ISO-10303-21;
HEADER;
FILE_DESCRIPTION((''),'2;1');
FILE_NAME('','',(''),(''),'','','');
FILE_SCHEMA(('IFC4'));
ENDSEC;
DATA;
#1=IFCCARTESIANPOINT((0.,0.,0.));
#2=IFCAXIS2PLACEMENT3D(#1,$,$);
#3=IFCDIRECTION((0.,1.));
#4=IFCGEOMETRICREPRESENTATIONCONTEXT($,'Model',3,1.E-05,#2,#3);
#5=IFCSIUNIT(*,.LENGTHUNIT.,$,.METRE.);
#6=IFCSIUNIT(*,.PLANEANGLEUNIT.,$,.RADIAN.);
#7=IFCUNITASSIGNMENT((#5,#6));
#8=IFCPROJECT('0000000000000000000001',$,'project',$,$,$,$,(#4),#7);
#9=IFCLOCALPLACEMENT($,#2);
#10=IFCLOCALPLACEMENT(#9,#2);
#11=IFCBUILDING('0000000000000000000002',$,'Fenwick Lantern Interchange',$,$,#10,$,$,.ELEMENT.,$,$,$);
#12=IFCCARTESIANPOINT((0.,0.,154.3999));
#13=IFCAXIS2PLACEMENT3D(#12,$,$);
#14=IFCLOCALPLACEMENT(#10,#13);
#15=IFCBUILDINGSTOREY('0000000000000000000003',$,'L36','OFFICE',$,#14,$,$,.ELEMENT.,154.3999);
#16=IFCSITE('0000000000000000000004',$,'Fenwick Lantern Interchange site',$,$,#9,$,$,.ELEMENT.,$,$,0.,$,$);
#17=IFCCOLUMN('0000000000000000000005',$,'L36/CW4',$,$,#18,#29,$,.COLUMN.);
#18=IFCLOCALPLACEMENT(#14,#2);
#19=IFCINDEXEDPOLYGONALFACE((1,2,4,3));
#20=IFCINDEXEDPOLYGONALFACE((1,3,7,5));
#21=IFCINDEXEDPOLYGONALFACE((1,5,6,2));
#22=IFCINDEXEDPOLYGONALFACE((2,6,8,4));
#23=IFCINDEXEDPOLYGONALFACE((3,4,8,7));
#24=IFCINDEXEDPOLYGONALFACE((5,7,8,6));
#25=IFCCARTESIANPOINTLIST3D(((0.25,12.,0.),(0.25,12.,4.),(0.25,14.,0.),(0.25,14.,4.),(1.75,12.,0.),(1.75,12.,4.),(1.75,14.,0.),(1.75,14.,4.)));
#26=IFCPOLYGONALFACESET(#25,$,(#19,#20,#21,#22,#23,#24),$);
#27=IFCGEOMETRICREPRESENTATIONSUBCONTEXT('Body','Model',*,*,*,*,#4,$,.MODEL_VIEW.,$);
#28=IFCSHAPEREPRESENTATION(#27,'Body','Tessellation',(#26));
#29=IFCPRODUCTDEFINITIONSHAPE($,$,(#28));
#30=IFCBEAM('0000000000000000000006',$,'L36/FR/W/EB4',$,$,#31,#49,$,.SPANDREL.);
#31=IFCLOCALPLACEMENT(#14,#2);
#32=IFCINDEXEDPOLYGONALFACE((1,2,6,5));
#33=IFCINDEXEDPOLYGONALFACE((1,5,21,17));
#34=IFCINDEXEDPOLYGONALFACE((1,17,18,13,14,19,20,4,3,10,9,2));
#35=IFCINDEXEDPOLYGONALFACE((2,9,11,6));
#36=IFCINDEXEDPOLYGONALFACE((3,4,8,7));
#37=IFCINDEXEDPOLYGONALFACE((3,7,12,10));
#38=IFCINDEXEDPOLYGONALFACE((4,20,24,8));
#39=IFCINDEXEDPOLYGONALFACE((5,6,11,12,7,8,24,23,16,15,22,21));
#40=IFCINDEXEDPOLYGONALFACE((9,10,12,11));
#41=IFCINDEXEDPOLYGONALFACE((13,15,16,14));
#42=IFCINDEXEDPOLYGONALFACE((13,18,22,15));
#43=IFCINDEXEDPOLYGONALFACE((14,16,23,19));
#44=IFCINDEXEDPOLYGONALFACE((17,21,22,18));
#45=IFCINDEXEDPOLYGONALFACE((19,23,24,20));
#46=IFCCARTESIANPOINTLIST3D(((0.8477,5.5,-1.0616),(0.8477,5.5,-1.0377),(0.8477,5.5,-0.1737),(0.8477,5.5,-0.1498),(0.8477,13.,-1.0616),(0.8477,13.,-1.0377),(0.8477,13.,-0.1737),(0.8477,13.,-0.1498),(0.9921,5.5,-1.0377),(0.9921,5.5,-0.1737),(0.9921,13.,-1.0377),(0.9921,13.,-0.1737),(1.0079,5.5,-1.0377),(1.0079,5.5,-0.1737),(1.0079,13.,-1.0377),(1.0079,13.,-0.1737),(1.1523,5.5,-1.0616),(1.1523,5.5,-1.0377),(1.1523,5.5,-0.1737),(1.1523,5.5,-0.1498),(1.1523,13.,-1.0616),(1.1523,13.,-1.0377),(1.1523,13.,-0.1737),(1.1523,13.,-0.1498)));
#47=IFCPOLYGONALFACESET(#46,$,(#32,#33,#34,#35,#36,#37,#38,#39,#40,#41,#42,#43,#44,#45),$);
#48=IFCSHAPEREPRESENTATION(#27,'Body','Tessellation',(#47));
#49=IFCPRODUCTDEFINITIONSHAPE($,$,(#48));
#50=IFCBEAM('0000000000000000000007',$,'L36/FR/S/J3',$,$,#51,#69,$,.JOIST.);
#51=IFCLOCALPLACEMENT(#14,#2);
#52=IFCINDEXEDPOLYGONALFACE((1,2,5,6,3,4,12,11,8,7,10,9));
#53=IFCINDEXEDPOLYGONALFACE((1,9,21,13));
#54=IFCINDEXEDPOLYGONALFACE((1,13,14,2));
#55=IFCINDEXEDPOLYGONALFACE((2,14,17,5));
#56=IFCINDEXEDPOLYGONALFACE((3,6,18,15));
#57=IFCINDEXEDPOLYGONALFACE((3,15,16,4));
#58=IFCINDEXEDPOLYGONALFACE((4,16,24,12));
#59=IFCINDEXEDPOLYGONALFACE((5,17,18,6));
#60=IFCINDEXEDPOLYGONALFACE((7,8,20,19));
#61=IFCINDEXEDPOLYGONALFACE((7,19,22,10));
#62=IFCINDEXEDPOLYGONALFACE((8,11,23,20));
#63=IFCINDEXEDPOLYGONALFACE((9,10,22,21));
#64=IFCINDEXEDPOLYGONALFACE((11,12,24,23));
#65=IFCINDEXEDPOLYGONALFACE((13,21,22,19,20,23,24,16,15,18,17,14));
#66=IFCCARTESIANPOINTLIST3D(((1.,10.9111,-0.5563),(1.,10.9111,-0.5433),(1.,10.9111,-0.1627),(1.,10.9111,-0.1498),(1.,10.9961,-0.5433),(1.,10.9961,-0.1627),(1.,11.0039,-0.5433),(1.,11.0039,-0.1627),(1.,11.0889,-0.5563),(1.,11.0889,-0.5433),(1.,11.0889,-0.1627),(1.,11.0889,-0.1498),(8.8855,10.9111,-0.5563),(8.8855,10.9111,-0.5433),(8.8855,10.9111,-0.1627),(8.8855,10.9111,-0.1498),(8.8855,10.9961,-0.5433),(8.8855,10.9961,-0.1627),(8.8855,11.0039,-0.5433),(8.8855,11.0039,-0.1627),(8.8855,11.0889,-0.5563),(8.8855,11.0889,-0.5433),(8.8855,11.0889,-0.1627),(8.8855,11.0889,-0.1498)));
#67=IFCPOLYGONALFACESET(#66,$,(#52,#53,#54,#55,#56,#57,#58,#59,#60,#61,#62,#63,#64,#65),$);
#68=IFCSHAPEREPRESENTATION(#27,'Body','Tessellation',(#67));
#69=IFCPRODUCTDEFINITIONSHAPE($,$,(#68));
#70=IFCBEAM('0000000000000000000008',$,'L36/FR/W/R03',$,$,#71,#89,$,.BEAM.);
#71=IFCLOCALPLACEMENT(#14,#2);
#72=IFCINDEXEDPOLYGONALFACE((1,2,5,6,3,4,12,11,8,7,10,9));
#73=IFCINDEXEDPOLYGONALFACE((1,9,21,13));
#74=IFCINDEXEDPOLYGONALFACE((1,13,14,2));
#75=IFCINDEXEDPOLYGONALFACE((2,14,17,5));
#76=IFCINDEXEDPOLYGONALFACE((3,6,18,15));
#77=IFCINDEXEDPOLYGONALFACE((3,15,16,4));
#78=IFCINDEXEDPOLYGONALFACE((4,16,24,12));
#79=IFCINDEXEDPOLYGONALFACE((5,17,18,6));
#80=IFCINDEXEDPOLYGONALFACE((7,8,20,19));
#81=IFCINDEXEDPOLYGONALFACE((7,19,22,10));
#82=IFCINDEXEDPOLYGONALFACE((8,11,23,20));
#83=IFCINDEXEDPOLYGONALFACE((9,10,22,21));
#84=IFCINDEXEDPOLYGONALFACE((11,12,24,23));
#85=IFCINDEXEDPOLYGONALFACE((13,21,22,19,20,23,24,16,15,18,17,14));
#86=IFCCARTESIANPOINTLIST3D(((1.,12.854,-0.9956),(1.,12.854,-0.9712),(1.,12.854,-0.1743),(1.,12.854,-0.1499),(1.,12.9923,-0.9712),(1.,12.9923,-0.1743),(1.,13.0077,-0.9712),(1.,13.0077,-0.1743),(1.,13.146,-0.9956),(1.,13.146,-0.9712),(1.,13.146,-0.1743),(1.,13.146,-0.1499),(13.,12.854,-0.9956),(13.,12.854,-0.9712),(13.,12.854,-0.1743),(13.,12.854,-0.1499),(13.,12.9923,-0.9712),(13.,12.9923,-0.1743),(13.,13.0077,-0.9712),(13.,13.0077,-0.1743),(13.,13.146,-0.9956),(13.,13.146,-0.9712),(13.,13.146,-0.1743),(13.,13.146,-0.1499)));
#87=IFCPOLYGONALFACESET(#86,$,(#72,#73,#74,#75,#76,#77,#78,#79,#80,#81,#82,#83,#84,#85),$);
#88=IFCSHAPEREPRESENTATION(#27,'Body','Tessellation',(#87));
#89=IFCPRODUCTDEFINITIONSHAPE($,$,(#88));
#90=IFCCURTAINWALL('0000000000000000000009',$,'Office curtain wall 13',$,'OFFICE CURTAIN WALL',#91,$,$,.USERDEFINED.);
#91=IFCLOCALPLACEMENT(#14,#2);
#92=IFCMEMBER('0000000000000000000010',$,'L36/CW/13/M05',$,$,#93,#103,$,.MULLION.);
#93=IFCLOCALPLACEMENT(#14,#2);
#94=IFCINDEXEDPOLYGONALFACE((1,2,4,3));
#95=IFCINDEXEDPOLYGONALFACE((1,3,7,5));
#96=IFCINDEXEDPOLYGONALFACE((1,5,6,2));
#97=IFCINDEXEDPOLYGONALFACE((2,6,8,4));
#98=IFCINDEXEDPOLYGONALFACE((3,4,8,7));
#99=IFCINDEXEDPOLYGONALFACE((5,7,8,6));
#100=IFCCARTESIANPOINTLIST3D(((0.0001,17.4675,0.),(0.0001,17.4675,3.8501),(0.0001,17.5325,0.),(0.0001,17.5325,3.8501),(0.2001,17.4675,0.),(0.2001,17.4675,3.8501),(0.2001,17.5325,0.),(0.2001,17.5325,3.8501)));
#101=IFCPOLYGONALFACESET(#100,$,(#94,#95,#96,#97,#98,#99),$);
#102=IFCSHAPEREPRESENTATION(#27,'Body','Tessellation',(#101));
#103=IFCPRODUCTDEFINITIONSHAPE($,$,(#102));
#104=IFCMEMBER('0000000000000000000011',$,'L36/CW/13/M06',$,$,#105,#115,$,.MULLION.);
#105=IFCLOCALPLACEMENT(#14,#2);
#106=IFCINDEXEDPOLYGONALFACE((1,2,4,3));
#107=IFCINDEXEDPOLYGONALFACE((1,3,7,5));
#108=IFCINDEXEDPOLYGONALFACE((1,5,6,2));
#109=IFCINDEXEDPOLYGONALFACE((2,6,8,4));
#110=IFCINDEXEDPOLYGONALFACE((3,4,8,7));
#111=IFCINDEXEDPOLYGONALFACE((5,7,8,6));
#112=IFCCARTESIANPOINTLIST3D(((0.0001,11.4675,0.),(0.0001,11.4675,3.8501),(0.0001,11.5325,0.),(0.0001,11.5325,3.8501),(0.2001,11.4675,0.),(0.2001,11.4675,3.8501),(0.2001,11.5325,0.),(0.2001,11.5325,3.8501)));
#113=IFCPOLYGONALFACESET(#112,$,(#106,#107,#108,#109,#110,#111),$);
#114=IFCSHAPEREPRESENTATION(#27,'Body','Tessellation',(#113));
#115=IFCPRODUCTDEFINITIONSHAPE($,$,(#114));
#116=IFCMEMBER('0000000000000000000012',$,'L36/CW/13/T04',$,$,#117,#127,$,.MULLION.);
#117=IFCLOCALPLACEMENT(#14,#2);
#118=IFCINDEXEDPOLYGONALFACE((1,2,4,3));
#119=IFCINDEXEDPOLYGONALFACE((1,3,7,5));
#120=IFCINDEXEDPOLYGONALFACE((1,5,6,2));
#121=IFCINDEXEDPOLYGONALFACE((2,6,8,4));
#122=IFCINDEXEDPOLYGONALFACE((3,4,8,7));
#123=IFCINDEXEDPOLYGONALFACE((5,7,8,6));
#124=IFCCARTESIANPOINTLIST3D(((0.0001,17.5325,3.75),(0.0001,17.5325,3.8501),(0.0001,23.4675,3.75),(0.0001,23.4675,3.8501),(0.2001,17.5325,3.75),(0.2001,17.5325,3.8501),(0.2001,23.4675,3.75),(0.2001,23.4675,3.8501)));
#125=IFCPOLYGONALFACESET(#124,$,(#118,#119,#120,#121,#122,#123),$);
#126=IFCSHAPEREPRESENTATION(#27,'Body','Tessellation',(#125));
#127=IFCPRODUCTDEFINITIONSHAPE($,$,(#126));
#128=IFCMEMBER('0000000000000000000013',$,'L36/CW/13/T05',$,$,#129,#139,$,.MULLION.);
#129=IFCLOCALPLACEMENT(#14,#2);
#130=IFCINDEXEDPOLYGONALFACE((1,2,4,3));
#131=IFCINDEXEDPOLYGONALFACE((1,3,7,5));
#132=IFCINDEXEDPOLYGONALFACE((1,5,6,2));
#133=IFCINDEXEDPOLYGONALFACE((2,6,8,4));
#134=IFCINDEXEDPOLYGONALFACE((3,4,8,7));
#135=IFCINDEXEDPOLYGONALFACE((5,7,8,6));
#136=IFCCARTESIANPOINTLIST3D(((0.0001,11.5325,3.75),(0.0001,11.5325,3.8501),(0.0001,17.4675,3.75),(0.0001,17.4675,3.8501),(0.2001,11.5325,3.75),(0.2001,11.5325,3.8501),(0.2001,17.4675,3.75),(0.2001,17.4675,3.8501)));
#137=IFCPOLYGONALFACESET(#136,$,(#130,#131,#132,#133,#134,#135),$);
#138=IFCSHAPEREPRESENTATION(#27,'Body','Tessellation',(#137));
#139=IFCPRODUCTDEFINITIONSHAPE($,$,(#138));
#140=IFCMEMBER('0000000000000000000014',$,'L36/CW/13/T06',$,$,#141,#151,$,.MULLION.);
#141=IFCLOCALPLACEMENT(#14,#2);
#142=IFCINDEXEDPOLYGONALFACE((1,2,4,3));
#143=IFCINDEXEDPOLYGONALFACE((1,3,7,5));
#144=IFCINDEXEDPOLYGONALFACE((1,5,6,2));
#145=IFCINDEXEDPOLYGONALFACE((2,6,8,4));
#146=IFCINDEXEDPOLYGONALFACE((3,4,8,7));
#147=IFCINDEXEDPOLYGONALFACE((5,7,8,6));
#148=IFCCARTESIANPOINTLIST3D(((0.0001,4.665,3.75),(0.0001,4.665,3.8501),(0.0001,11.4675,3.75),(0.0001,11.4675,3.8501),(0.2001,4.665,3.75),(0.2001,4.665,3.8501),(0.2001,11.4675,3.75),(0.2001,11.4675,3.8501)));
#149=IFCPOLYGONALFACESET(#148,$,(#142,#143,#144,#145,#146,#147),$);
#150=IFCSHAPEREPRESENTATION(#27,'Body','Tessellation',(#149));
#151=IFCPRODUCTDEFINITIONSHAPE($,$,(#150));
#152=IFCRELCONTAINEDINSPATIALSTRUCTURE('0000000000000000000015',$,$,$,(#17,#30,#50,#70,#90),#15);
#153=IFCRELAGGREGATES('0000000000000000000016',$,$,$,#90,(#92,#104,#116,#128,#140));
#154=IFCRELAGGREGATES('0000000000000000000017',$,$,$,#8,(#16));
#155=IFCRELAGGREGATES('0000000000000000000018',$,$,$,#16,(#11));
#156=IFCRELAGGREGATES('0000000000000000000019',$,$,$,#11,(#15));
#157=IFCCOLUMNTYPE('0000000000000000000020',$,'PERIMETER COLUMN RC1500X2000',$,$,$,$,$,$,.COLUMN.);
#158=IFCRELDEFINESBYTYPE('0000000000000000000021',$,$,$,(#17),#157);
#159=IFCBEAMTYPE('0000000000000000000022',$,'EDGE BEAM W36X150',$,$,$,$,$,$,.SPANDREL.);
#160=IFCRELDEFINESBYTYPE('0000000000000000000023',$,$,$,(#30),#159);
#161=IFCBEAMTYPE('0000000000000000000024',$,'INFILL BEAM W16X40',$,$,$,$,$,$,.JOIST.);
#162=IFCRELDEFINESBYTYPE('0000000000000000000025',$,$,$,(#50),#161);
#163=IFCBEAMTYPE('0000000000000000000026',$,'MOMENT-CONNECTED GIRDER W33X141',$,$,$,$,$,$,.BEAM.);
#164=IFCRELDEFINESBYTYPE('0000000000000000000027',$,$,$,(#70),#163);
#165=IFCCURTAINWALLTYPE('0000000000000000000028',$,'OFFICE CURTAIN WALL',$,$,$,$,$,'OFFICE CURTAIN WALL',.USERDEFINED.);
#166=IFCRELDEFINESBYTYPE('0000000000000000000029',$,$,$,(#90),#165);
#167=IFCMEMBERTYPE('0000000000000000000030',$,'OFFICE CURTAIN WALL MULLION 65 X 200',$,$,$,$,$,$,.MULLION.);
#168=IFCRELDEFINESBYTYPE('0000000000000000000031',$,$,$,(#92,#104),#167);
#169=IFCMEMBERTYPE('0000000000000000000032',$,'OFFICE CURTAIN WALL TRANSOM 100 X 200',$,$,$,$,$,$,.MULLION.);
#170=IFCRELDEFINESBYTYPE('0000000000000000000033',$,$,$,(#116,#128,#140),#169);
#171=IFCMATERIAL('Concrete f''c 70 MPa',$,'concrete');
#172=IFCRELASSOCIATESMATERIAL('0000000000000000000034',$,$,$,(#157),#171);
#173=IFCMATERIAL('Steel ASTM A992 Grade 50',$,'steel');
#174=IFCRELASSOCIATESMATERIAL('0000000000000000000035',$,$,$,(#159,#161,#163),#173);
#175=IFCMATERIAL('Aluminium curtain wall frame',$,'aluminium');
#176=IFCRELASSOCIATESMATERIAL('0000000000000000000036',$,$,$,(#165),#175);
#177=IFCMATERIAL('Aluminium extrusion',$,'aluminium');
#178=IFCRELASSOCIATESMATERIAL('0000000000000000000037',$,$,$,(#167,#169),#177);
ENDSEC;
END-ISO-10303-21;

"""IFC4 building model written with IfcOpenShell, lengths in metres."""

from ifc_helpers import new_model, si_unit, direction, frame, origin, origin_2d, place, context, subcontext, project, spatial, rectangle, i_section, extrude, material, material_profile, profile_set, type_object, element, aggregate, save


model = new_model("IFC4")

# Units and contexts
model_context = context("Model", 3, precision=1e-05, world=origin(), true_north=direction((0.0, 1.0)))
body_context = subcontext(model_context, "Body", "Model", "MODEL_VIEW")
ifc_project = project(units=[si_unit("LENGTHUNIT", "METRE"), si_unit("PLANEANGLEUNIT", "RADIAN")], contexts=[model_context])

# Site, building, storey
site_placement = place(None, origin())
site = spatial("IfcSite", under=ifc_project, at=site_placement, Name="Fenwick Lantern Interchange site", CompositionType="ELEMENT", RefElevation=0.0)
building_placement = place(site_placement, origin())
building = spatial("IfcBuilding", under=site, at=building_placement, Name="Fenwick Lantern Interchange", CompositionType="ELEMENT")
storey_placement = place(building_placement, frame((0.0, 0.0, 154.3999)))
storey = spatial("IfcBuildingStorey", under=building, at=storey_placement, Name="L36", Description="OFFICE", CompositionType="ELEMENT", Elevation=154.3999)

# Column
ifc_material_1 = material(Name="Concrete f'c 70 MPa", Category="concrete")
ifc_material_profile_1 = material_profile(ifc_material_1, rectangle(XDim=1.5, YDim=2.0, at=origin_2d()), Name="RC1500X2000")
ifc_profile_set_1 = profile_set([ifc_material_profile_1], Name="Concrete f'c 70 MPa")
column_type = type_object("IfcColumnType", Name="PERIMETER COLUMN RC1500X2000", PredefinedType="COLUMN", material=ifc_profile_set_1)
column_placement = place(storey_placement, frame((1.0, 13.0, 0.0), z_axis=(0.0, 0.0, 1.0), x_axis=(1.0, 0.0, 0.0)))
element("IfcColumn", 1, at=column_placement, inside=storey, type_object=column_type, Name="L36/CW4", PredefinedType="COLUMN", context=body_context, shape_type="SweptSolid", body=[
    extrude(rectangle(XDim=1.5, YDim=2.0, at=origin_2d()), origin(), (0.0, 0.0, 1.0), 4.0),
])

# Beams
ifc_material_2 = material(Name="Steel ASTM A992 Grade 50", Category="steel")
ifc_material_profile_2 = material_profile(ifc_material_2, i_section(OverallWidth=0.3047, OverallDepth=0.9119, WebThickness=0.0159, FlangeThickness=0.0239, at=origin_2d()), Name="W36X150")
ifc_profile_set_2 = profile_set([ifc_material_profile_2], Name="Steel ASTM A992 Grade 50")
beam_type_1 = type_object("IfcBeamType", Name="EDGE BEAM W36X150", PredefinedType="SPANDREL", material=ifc_profile_set_2)
beam_1_placement = place(storey_placement, frame((1.0, 13.0, -0.6057), z_axis=(0.0, -1.0, 0.0), x_axis=(1.0, 0.0, 0.0)))
element("IfcBeam", 2, at=beam_1_placement, inside=storey, type_object=beam_type_1, Name="L36/FR/W/EB4", PredefinedType="SPANDREL", context=body_context, shape_type="SweptSolid", body=[
    extrude(i_section(OverallWidth=0.3047, OverallDepth=0.9119, WebThickness=0.0159, FlangeThickness=0.0239, at=origin_2d()), origin(), (0.0, 0.0, 1.0), 7.5),
])
ifc_material_profile_3 = material_profile(ifc_material_2, i_section(OverallWidth=0.1777, OverallDepth=0.4065, WebThickness=0.0078, FlangeThickness=0.0129, at=origin_2d()), Name="W16X40")
ifc_profile_set_3 = profile_set([ifc_material_profile_3], Name="Steel ASTM A992 Grade 50")
beam_type_2 = type_object("IfcBeamType", Name="INFILL BEAM W16X40", PredefinedType="JOIST", material=ifc_profile_set_3)
beam_2_placement = place(storey_placement, frame((1.0, 11.0, -0.353), z_axis=(1.0, 0.0, 0.0), x_axis=(0.0, 1.0, 0.0)))
element("IfcBeam", 3, at=beam_2_placement, inside=storey, type_object=beam_type_2, Name="L36/FR/S/J3", PredefinedType="JOIST", context=body_context, shape_type="SweptSolid", body=[
    extrude(i_section(OverallWidth=0.1777, OverallDepth=0.4065, WebThickness=0.0078, FlangeThickness=0.0129, at=origin_2d()), origin(), (0.0, 0.0, 1.0), 7.8855),
])
ifc_material_profile_4 = material_profile(ifc_material_2, i_section(OverallWidth=0.292, OverallDepth=0.8457, WebThickness=0.0154, FlangeThickness=0.0244, at=origin_2d()), Name="W33X141")
ifc_profile_set_4 = profile_set([ifc_material_profile_4], Name="Steel ASTM A992 Grade 50")
beam_type_3 = type_object("IfcBeamType", Name="MOMENT-CONNECTED GIRDER W33X141", PredefinedType="BEAM", material=ifc_profile_set_4)
beam_3_placement = place(storey_placement, frame((1.0, 13.0, -0.5728), z_axis=(1.0, 0.0, 0.0), x_axis=(0.0, 1.0, 0.0)))
element("IfcBeam", 4, at=beam_3_placement, inside=storey, type_object=beam_type_3, Name="L36/FR/W/R03", PredefinedType="BEAM", context=body_context, shape_type="SweptSolid", body=[
    extrude(i_section(OverallWidth=0.292, OverallDepth=0.8457, WebThickness=0.0154, FlangeThickness=0.0244, at=origin_2d()), origin(), (0.0, 0.0, 1.0), 12.0),
])

# Curtain wall, members
ifc_material_3 = material(Name="Aluminium curtain wall frame", Category="aluminium")
curtain_wall_type = type_object("IfcCurtainWallType", Name="OFFICE CURTAIN WALL", ElementType="OFFICE CURTAIN WALL", PredefinedType="USERDEFINED", material=ifc_material_3)
curtain_wall_placement = place(storey_placement, origin())
curtain_wall = element("IfcCurtainWall", 5, at=curtain_wall_placement, inside=storey, type_object=curtain_wall_type, Name="Office curtain wall 13", ObjectType="OFFICE CURTAIN WALL", PredefinedType="USERDEFINED")
ifc_material_4 = material(Name="Aluminium extrusion", Category="aluminium")
ifc_material_profile_5 = material_profile(ifc_material_4, rectangle(XDim=0.2, YDim=0.0649, at=origin_2d()), Name="OFFICE CURTAIN WALL MULLION 65 X 200")
ifc_profile_set_5 = profile_set([ifc_material_profile_5], Name="Aluminium extrusion")
member_type_1 = type_object("IfcMemberType", Name="OFFICE CURTAIN WALL MULLION 65 X 200", PredefinedType="MULLION", material=ifc_profile_set_5)
member_1_placement = place(storey_placement, frame((0.1001, 17.5, 0.0), z_axis=(0.0, 0.0, 1.0), x_axis=(1.0, 0.0, 0.0)))
member_1 = element("IfcMember", 6, at=member_1_placement, type_object=member_type_1, Name="L36/CW/13/M05", PredefinedType="MULLION", context=body_context, shape_type="SweptSolid", body=[
    extrude(rectangle(XDim=0.2, YDim=0.0649, at=origin_2d()), origin(), (0.0, 0.0, 1.0), 3.8501),
])
member_2_placement = place(storey_placement, frame((0.1001, 11.5, 0.0), z_axis=(0.0, 0.0, 1.0), x_axis=(1.0, 0.0, 0.0)))
member_2 = element("IfcMember", 7, at=member_2_placement, type_object=member_type_1, Name="L36/CW/13/M06", PredefinedType="MULLION", context=body_context, shape_type="SweptSolid", body=[
    extrude(rectangle(XDim=0.2, YDim=0.0649, at=origin_2d()), origin(), (0.0, 0.0, 1.0), 3.8501),
])
ifc_material_profile_6 = material_profile(ifc_material_4, rectangle(XDim=0.2, YDim=0.1001, at=origin_2d()), Name="OFFICE CURTAIN WALL TRANSOM 100 X 200")
ifc_profile_set_6 = profile_set([ifc_material_profile_6], Name="Aluminium extrusion")
member_type_2 = type_object("IfcMemberType", Name="OFFICE CURTAIN WALL TRANSOM 100 X 200", PredefinedType="MULLION", material=ifc_profile_set_6)
member_3_placement = place(storey_placement, frame((0.1001, 23.4675, 3.8), z_axis=(0.0, -1.0, 0.0), x_axis=(1.0, 0.0, 0.0)))
member_3 = element("IfcMember", 8, at=member_3_placement, type_object=member_type_2, Name="L36/CW/13/T04", PredefinedType="MULLION", context=body_context, shape_type="SweptSolid", body=[
    extrude(rectangle(XDim=0.2, YDim=0.1001, at=origin_2d()), origin(), (0.0, 0.0, 1.0), 5.9351),
])
member_4_placement = place(storey_placement, frame((0.1001, 17.4675, 3.8), z_axis=(0.0, -1.0, 0.0), x_axis=(1.0, 0.0, 0.0)))
member_4 = element("IfcMember", 9, at=member_4_placement, type_object=member_type_2, Name="L36/CW/13/T05", PredefinedType="MULLION", context=body_context, shape_type="SweptSolid", body=[
    extrude(rectangle(XDim=0.2, YDim=0.1001, at=origin_2d()), origin(), (0.0, 0.0, 1.0), 5.9351),
])
member_5_placement = place(storey_placement, frame((0.1001, 11.4675, 3.8), z_axis=(0.0, -1.0, 0.0), x_axis=(1.0, 0.0, 0.0)))
member_5 = element("IfcMember", 10, at=member_5_placement, type_object=member_type_2, Name="L36/CW/13/T06", PredefinedType="MULLION", context=body_context, shape_type="SweptSolid", body=[
    extrude(rectangle(XDim=0.2, YDim=0.1001, at=origin_2d()), origin(), (0.0, 0.0, 1.0), 6.8025),
])
aggregate(curtain_wall, [member_1, member_2, member_3, member_4, member_5])

save(model, "model.ifc")
